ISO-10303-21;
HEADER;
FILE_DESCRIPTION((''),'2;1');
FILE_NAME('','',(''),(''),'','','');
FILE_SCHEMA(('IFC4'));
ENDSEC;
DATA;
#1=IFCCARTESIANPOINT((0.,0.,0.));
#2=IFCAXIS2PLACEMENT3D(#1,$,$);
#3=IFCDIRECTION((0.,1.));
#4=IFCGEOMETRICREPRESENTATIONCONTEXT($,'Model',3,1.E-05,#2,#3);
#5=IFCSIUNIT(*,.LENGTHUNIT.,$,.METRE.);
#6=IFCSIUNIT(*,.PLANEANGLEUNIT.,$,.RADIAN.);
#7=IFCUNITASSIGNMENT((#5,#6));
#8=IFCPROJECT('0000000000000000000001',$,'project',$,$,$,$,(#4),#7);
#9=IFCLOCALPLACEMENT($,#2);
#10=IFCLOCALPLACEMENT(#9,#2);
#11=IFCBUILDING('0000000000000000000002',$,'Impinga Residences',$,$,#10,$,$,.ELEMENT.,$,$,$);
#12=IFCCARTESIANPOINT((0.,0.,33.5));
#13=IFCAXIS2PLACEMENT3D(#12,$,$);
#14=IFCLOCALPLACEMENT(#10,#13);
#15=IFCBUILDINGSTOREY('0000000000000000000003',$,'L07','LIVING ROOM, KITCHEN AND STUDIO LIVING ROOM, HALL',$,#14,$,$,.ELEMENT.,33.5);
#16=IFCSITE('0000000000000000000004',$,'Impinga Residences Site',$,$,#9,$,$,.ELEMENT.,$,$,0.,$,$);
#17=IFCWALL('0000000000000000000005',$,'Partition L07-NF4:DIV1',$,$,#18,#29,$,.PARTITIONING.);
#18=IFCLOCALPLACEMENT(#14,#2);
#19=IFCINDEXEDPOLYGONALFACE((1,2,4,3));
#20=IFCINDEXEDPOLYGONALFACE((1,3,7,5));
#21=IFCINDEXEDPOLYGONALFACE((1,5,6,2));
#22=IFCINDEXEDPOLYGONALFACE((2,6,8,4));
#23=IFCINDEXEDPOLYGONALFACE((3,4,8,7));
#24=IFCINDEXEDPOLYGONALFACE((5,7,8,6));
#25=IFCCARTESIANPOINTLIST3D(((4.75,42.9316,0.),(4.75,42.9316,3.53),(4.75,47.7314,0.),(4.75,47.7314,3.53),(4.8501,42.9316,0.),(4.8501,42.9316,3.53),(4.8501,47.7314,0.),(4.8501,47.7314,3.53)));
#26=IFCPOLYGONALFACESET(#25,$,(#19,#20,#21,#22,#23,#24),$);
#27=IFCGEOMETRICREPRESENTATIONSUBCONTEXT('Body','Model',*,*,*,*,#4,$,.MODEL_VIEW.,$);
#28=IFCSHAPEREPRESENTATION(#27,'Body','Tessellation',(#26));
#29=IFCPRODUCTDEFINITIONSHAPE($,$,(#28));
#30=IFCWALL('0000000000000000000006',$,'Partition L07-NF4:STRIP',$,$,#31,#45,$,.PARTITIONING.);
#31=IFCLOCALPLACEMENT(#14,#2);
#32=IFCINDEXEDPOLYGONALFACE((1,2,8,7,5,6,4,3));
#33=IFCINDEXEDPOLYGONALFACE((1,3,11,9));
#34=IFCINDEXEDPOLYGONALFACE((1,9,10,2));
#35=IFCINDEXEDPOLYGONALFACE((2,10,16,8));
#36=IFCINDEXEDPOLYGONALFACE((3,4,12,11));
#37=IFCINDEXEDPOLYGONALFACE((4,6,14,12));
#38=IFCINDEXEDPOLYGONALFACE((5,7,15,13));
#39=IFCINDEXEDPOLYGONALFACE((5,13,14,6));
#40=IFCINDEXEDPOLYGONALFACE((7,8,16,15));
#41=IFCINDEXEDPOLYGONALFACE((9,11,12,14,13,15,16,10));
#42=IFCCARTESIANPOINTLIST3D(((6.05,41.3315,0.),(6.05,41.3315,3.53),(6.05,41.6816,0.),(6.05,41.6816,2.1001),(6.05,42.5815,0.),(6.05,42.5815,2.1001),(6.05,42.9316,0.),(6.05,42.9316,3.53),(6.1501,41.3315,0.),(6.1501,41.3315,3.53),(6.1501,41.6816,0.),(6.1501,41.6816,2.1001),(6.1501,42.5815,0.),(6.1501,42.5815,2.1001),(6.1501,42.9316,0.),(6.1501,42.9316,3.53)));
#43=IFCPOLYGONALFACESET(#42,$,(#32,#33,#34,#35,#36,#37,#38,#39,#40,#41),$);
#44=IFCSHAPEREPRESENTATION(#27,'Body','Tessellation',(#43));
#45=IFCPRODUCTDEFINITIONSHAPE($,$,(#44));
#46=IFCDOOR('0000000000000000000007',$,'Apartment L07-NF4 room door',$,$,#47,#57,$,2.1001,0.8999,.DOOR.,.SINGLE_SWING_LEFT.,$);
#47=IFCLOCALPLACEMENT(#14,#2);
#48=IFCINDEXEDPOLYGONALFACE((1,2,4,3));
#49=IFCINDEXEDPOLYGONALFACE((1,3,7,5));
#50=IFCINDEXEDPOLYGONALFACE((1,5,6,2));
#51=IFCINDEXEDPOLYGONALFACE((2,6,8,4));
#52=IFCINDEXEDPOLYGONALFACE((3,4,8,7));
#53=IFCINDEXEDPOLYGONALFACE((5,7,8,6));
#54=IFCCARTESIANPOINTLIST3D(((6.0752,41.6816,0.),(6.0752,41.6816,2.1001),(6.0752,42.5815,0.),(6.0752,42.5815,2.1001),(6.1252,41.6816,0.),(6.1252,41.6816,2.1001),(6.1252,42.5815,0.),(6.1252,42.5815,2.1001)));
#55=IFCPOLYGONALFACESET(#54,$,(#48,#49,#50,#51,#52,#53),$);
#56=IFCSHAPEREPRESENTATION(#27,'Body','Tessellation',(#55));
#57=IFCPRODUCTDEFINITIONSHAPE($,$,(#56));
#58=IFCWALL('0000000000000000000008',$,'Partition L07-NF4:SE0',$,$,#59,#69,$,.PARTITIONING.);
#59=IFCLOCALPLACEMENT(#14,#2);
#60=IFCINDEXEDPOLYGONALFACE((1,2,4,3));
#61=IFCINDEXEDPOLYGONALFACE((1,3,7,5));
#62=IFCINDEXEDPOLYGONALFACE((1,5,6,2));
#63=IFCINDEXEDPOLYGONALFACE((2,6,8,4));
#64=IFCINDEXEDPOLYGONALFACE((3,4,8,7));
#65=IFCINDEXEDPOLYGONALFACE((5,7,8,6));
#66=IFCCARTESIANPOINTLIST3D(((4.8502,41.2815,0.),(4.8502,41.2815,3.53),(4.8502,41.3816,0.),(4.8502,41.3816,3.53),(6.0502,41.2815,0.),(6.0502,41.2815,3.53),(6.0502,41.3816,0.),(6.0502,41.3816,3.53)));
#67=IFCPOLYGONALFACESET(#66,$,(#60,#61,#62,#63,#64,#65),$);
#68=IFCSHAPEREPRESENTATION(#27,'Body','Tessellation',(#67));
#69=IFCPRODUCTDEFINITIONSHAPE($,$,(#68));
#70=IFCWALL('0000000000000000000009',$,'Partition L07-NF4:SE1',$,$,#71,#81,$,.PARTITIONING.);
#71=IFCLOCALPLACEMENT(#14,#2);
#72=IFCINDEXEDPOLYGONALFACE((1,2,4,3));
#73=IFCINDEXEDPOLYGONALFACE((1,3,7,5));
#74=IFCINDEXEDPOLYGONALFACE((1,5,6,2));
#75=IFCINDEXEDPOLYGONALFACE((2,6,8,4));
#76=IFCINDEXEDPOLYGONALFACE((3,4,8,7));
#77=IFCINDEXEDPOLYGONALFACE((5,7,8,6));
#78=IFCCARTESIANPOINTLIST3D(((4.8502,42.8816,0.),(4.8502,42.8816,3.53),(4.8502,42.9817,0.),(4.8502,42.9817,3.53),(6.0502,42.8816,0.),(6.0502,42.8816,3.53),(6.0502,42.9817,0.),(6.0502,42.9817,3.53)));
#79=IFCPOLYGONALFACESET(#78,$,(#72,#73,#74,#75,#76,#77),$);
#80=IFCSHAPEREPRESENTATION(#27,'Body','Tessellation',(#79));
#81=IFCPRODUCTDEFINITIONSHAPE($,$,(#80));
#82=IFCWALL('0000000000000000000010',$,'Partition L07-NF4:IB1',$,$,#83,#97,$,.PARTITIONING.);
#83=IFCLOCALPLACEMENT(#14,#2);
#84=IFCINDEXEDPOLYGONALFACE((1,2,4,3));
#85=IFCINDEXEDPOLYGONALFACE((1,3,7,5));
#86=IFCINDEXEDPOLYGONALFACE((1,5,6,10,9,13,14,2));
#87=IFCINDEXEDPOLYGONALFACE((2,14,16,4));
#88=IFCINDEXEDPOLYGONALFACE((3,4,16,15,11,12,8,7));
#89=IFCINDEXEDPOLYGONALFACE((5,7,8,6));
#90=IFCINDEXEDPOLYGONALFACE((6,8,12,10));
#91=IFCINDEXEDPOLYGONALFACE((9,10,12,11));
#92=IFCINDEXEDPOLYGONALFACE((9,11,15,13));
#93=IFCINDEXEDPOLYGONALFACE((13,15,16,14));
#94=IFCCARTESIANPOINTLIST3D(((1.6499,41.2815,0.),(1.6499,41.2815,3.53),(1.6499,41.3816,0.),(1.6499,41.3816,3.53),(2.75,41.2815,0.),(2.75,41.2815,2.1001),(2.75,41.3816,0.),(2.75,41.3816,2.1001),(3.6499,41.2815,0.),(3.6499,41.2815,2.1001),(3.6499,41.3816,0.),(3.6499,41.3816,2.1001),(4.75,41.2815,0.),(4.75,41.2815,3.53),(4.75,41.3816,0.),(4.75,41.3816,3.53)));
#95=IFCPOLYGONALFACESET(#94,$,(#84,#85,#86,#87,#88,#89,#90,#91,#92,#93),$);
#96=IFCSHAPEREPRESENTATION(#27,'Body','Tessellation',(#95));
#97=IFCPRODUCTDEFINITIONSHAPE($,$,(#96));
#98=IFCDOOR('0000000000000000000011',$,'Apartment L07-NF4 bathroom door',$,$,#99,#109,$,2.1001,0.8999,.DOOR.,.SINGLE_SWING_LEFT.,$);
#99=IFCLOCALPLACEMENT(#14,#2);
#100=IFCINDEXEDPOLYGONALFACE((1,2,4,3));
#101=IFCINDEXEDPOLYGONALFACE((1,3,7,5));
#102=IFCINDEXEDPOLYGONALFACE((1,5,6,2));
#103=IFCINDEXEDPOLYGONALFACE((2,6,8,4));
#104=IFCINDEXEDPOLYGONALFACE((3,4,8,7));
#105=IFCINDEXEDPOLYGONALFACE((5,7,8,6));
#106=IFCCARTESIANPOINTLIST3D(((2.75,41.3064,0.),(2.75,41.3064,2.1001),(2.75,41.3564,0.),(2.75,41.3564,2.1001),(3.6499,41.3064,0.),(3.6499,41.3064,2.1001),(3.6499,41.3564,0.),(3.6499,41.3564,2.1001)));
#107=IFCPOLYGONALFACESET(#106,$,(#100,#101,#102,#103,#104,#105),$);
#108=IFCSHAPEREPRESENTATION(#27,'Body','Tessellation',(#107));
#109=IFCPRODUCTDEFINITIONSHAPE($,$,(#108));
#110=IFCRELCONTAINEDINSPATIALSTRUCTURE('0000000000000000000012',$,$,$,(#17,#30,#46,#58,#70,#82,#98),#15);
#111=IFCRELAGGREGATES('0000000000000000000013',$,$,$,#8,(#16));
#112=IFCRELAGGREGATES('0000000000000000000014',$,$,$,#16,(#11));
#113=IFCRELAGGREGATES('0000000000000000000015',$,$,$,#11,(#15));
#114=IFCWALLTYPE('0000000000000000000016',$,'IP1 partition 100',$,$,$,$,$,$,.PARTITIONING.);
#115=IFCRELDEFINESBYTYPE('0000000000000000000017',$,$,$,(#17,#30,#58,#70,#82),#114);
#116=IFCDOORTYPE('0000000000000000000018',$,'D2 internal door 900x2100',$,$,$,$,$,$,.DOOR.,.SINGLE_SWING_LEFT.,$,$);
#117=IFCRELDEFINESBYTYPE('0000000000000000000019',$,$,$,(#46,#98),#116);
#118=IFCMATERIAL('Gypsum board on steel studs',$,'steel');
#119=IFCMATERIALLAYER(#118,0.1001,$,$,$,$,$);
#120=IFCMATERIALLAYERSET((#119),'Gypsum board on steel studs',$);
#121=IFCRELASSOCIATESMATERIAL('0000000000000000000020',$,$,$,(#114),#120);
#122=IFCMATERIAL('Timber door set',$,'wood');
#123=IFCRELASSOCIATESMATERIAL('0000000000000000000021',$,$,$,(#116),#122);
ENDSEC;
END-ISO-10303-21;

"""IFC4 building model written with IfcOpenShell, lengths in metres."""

from ifc_helpers import new_model, si_unit, direction, frame, frame_2d, origin, place, context, subcontext, project, spatial, rectangle, extrude, material, layer, layer_set, type_object, element, fill, save


model = new_model("IFC4")

# Units and contexts
model_context = context("Model", 3, precision=1e-05, world=origin(), true_north=direction((0.0, 1.0)))
body_context = subcontext(model_context, "Body", "Model", "MODEL_VIEW")
ifc_project = project(units=[si_unit("LENGTHUNIT", "METRE"), si_unit("PLANEANGLEUNIT", "RADIAN")], contexts=[model_context])

# Site, building, storey
site_placement = place(None, origin())
site = spatial("IfcSite", under=ifc_project, at=site_placement, Name="Impinga Residences Site", CompositionType="ELEMENT", RefElevation=0.0)
building_placement = place(site_placement, origin())
building = spatial("IfcBuilding", under=site, at=building_placement, Name="Impinga Residences", CompositionType="ELEMENT")
storey_placement = place(building_placement, frame((0.0, 0.0, 33.5)))
storey = spatial("IfcBuildingStorey", under=building, at=storey_placement, Name="L07", Description="LIVING ROOM, KITCHEN AND STUDIO LIVING ROOM, HALL", CompositionType="ELEMENT", Elevation=33.5)

# Wall
ifc_material_1 = material(Name="Gypsum board on steel studs", Category="steel")
ifc_layer_1 = layer(ifc_material_1, 0.1001)
ifc_layer_set_1 = layer_set([ifc_layer_1], Name="Gypsum board on steel studs")
wall_type_1 = type_object("IfcWallType", Name="IP1 partition 100", PredefinedType="PARTITIONING", material=ifc_layer_set_1)
wall_1_placement = place(storey_placement, frame((4.8, 42.9316, 0.0), z_axis=(0.0, 0.0, 1.0), x_axis=(0.0, 1.0, 0.0)))
element("IfcWall", 1, at=wall_1_placement, inside=storey, type_object=wall_type_1, Name="Partition L07-NF4:DIV1", PredefinedType="PARTITIONING", context=body_context, shape_type="SweptSolid", body=[
    extrude(rectangle(XDim=4.7998, YDim=0.1001, at=frame_2d((2.3999, 0.0))), origin(), (0.0, 0.0, 1.0), 3.53),
])

# Wall, opening, door
wall_2_placement = place(storey_placement, frame((6.1001, 41.3315, 0.0), z_axis=(0.0, 0.0, 1.0), x_axis=(0.0, 1.0, 0.0)))
wall_2 = element("IfcWall", 2, at=wall_2_placement, inside=storey, type_object=wall_type_1, Name="Partition L07-NF4:STRIP", PredefinedType="PARTITIONING", context=body_context, shape_type="SweptSolid", body=[
    extrude(rectangle(XDim=1.6001, YDim=0.1001, at=frame_2d((0.8, 0.0))), origin(), (0.0, 0.0, 1.0), 3.53),
])
opening_1_placement = place(wall_2_placement, frame((0.3501, 0.0, 0.0)))
opening_1 = element("IfcOpeningElement", 3, at=opening_1_placement, cuts=wall_2, PredefinedType="OPENING", context=body_context, shape_type="SweptSolid", body=[
    extrude(rectangle(XDim=0.8999, YDim=2.1001, at=frame_2d((0.45, 1.05))), frame((0.0, 0.0601, 0.0), z_axis=(0.0, -1.0, 0.0), x_axis=(1.0, 0.0, 0.0)), (0.0, 0.0, 1.0), 0.1201),
])
ifc_material_2 = material(Name="Timber door set", Category="wood")
door_type = type_object("IfcDoorType", Name="D2 internal door 900x2100", OperationType="SINGLE_SWING_LEFT", PredefinedType="DOOR", material=ifc_material_2)
door_1_placement = place(opening_1_placement, origin())
door_1 = element("IfcDoor", 4, at=door_1_placement, inside=storey, type_object=door_type, Name="Apartment L07-NF4 room door", OperationType="SINGLE_SWING_LEFT", OverallHeight=2.1001, OverallWidth=0.8999, PredefinedType="DOOR", context=body_context, shape_type="SweptSolid", body=[
    extrude(rectangle(XDim=0.8999, YDim=2.1001, at=frame_2d((0.45, 1.05))), frame((0.0, 0.0249, 0.0), z_axis=(0.0, -1.0, 0.0), x_axis=(1.0, 0.0, 0.0)), (0.0, 0.0, 1.0), 0.05),
])
fill(opening_1, door_1)

# Walls
for number, where, z_axis, x_axis, name in (
    (5, (4.8501, 41.3315, 0.0), (0.0, 0.0, 1.0), (1.0, 0.0, 0.0), "Partition L07-NF4:SE0"),
    (6, (4.8501, 42.9316, 0.0), (0.0, 0.0, 1.0), (1.0, 0.0, 0.0), "Partition L07-NF4:SE1"),
):
    element("IfcWall", number, at=place(storey_placement, frame(where, z_axis=z_axis, x_axis=x_axis)), inside=storey, type_object=wall_type_1, Name=name, PredefinedType="PARTITIONING", context=body_context, shape_type="SweptSolid", body=[
        extrude(rectangle(XDim=1.2, YDim=0.1001, at=frame_2d((0.6001, 0.0))), origin(), (0.0, 0.0, 1.0), 3.53),
    ])

# Wall, opening, door
wall_3_placement = place(storey_placement, frame((1.6499, 41.3315, 0.0), z_axis=(0.0, 0.0, 1.0), x_axis=(1.0, 0.0, 0.0)))
wall_3 = element("IfcWall", 7, at=wall_3_placement, inside=storey, type_object=wall_type_1, Name="Partition L07-NF4:IB1", PredefinedType="PARTITIONING", context=body_context, shape_type="SweptSolid", body=[
    extrude(rectangle(XDim=3.1001, YDim=0.1001, at=frame_2d((1.55, 0.0))), origin(), (0.0, 0.0, 1.0), 3.53),
])
opening_2_placement = place(wall_3_placement, frame((1.1001, 0.0, 0.0)))
opening_2 = element("IfcOpeningElement", 8, at=opening_2_placement, cuts=wall_3, PredefinedType="OPENING", context=body_context, shape_type="SweptSolid", body=[
    extrude(rectangle(XDim=0.8999, YDim=2.1001, at=frame_2d((0.45, 1.05))), frame((0.0, 0.0601, 0.0), z_axis=(0.0, -1.0, 0.0), x_axis=(1.0, 0.0, 0.0)), (0.0, 0.0, 1.0), 0.1201),
])
door_2_placement = place(opening_2_placement, origin())
door_2 = element("IfcDoor", 9, at=door_2_placement, inside=storey, type_object=door_type, Name="Apartment L07-NF4 bathroom door", OperationType="SINGLE_SWING_LEFT", OverallHeight=2.1001, OverallWidth=0.8999, PredefinedType="DOOR", context=body_context, shape_type="SweptSolid", body=[
    extrude(rectangle(XDim=0.8999, YDim=2.1001, at=frame_2d((0.45, 1.05))), frame((0.0, 0.0249, 0.0), z_axis=(0.0, -1.0, 0.0), x_axis=(1.0, 0.0, 0.0)), (0.0, 0.0, 1.0), 0.05),
])
fill(opening_2, door_2)

save(model, "model.ifc")
